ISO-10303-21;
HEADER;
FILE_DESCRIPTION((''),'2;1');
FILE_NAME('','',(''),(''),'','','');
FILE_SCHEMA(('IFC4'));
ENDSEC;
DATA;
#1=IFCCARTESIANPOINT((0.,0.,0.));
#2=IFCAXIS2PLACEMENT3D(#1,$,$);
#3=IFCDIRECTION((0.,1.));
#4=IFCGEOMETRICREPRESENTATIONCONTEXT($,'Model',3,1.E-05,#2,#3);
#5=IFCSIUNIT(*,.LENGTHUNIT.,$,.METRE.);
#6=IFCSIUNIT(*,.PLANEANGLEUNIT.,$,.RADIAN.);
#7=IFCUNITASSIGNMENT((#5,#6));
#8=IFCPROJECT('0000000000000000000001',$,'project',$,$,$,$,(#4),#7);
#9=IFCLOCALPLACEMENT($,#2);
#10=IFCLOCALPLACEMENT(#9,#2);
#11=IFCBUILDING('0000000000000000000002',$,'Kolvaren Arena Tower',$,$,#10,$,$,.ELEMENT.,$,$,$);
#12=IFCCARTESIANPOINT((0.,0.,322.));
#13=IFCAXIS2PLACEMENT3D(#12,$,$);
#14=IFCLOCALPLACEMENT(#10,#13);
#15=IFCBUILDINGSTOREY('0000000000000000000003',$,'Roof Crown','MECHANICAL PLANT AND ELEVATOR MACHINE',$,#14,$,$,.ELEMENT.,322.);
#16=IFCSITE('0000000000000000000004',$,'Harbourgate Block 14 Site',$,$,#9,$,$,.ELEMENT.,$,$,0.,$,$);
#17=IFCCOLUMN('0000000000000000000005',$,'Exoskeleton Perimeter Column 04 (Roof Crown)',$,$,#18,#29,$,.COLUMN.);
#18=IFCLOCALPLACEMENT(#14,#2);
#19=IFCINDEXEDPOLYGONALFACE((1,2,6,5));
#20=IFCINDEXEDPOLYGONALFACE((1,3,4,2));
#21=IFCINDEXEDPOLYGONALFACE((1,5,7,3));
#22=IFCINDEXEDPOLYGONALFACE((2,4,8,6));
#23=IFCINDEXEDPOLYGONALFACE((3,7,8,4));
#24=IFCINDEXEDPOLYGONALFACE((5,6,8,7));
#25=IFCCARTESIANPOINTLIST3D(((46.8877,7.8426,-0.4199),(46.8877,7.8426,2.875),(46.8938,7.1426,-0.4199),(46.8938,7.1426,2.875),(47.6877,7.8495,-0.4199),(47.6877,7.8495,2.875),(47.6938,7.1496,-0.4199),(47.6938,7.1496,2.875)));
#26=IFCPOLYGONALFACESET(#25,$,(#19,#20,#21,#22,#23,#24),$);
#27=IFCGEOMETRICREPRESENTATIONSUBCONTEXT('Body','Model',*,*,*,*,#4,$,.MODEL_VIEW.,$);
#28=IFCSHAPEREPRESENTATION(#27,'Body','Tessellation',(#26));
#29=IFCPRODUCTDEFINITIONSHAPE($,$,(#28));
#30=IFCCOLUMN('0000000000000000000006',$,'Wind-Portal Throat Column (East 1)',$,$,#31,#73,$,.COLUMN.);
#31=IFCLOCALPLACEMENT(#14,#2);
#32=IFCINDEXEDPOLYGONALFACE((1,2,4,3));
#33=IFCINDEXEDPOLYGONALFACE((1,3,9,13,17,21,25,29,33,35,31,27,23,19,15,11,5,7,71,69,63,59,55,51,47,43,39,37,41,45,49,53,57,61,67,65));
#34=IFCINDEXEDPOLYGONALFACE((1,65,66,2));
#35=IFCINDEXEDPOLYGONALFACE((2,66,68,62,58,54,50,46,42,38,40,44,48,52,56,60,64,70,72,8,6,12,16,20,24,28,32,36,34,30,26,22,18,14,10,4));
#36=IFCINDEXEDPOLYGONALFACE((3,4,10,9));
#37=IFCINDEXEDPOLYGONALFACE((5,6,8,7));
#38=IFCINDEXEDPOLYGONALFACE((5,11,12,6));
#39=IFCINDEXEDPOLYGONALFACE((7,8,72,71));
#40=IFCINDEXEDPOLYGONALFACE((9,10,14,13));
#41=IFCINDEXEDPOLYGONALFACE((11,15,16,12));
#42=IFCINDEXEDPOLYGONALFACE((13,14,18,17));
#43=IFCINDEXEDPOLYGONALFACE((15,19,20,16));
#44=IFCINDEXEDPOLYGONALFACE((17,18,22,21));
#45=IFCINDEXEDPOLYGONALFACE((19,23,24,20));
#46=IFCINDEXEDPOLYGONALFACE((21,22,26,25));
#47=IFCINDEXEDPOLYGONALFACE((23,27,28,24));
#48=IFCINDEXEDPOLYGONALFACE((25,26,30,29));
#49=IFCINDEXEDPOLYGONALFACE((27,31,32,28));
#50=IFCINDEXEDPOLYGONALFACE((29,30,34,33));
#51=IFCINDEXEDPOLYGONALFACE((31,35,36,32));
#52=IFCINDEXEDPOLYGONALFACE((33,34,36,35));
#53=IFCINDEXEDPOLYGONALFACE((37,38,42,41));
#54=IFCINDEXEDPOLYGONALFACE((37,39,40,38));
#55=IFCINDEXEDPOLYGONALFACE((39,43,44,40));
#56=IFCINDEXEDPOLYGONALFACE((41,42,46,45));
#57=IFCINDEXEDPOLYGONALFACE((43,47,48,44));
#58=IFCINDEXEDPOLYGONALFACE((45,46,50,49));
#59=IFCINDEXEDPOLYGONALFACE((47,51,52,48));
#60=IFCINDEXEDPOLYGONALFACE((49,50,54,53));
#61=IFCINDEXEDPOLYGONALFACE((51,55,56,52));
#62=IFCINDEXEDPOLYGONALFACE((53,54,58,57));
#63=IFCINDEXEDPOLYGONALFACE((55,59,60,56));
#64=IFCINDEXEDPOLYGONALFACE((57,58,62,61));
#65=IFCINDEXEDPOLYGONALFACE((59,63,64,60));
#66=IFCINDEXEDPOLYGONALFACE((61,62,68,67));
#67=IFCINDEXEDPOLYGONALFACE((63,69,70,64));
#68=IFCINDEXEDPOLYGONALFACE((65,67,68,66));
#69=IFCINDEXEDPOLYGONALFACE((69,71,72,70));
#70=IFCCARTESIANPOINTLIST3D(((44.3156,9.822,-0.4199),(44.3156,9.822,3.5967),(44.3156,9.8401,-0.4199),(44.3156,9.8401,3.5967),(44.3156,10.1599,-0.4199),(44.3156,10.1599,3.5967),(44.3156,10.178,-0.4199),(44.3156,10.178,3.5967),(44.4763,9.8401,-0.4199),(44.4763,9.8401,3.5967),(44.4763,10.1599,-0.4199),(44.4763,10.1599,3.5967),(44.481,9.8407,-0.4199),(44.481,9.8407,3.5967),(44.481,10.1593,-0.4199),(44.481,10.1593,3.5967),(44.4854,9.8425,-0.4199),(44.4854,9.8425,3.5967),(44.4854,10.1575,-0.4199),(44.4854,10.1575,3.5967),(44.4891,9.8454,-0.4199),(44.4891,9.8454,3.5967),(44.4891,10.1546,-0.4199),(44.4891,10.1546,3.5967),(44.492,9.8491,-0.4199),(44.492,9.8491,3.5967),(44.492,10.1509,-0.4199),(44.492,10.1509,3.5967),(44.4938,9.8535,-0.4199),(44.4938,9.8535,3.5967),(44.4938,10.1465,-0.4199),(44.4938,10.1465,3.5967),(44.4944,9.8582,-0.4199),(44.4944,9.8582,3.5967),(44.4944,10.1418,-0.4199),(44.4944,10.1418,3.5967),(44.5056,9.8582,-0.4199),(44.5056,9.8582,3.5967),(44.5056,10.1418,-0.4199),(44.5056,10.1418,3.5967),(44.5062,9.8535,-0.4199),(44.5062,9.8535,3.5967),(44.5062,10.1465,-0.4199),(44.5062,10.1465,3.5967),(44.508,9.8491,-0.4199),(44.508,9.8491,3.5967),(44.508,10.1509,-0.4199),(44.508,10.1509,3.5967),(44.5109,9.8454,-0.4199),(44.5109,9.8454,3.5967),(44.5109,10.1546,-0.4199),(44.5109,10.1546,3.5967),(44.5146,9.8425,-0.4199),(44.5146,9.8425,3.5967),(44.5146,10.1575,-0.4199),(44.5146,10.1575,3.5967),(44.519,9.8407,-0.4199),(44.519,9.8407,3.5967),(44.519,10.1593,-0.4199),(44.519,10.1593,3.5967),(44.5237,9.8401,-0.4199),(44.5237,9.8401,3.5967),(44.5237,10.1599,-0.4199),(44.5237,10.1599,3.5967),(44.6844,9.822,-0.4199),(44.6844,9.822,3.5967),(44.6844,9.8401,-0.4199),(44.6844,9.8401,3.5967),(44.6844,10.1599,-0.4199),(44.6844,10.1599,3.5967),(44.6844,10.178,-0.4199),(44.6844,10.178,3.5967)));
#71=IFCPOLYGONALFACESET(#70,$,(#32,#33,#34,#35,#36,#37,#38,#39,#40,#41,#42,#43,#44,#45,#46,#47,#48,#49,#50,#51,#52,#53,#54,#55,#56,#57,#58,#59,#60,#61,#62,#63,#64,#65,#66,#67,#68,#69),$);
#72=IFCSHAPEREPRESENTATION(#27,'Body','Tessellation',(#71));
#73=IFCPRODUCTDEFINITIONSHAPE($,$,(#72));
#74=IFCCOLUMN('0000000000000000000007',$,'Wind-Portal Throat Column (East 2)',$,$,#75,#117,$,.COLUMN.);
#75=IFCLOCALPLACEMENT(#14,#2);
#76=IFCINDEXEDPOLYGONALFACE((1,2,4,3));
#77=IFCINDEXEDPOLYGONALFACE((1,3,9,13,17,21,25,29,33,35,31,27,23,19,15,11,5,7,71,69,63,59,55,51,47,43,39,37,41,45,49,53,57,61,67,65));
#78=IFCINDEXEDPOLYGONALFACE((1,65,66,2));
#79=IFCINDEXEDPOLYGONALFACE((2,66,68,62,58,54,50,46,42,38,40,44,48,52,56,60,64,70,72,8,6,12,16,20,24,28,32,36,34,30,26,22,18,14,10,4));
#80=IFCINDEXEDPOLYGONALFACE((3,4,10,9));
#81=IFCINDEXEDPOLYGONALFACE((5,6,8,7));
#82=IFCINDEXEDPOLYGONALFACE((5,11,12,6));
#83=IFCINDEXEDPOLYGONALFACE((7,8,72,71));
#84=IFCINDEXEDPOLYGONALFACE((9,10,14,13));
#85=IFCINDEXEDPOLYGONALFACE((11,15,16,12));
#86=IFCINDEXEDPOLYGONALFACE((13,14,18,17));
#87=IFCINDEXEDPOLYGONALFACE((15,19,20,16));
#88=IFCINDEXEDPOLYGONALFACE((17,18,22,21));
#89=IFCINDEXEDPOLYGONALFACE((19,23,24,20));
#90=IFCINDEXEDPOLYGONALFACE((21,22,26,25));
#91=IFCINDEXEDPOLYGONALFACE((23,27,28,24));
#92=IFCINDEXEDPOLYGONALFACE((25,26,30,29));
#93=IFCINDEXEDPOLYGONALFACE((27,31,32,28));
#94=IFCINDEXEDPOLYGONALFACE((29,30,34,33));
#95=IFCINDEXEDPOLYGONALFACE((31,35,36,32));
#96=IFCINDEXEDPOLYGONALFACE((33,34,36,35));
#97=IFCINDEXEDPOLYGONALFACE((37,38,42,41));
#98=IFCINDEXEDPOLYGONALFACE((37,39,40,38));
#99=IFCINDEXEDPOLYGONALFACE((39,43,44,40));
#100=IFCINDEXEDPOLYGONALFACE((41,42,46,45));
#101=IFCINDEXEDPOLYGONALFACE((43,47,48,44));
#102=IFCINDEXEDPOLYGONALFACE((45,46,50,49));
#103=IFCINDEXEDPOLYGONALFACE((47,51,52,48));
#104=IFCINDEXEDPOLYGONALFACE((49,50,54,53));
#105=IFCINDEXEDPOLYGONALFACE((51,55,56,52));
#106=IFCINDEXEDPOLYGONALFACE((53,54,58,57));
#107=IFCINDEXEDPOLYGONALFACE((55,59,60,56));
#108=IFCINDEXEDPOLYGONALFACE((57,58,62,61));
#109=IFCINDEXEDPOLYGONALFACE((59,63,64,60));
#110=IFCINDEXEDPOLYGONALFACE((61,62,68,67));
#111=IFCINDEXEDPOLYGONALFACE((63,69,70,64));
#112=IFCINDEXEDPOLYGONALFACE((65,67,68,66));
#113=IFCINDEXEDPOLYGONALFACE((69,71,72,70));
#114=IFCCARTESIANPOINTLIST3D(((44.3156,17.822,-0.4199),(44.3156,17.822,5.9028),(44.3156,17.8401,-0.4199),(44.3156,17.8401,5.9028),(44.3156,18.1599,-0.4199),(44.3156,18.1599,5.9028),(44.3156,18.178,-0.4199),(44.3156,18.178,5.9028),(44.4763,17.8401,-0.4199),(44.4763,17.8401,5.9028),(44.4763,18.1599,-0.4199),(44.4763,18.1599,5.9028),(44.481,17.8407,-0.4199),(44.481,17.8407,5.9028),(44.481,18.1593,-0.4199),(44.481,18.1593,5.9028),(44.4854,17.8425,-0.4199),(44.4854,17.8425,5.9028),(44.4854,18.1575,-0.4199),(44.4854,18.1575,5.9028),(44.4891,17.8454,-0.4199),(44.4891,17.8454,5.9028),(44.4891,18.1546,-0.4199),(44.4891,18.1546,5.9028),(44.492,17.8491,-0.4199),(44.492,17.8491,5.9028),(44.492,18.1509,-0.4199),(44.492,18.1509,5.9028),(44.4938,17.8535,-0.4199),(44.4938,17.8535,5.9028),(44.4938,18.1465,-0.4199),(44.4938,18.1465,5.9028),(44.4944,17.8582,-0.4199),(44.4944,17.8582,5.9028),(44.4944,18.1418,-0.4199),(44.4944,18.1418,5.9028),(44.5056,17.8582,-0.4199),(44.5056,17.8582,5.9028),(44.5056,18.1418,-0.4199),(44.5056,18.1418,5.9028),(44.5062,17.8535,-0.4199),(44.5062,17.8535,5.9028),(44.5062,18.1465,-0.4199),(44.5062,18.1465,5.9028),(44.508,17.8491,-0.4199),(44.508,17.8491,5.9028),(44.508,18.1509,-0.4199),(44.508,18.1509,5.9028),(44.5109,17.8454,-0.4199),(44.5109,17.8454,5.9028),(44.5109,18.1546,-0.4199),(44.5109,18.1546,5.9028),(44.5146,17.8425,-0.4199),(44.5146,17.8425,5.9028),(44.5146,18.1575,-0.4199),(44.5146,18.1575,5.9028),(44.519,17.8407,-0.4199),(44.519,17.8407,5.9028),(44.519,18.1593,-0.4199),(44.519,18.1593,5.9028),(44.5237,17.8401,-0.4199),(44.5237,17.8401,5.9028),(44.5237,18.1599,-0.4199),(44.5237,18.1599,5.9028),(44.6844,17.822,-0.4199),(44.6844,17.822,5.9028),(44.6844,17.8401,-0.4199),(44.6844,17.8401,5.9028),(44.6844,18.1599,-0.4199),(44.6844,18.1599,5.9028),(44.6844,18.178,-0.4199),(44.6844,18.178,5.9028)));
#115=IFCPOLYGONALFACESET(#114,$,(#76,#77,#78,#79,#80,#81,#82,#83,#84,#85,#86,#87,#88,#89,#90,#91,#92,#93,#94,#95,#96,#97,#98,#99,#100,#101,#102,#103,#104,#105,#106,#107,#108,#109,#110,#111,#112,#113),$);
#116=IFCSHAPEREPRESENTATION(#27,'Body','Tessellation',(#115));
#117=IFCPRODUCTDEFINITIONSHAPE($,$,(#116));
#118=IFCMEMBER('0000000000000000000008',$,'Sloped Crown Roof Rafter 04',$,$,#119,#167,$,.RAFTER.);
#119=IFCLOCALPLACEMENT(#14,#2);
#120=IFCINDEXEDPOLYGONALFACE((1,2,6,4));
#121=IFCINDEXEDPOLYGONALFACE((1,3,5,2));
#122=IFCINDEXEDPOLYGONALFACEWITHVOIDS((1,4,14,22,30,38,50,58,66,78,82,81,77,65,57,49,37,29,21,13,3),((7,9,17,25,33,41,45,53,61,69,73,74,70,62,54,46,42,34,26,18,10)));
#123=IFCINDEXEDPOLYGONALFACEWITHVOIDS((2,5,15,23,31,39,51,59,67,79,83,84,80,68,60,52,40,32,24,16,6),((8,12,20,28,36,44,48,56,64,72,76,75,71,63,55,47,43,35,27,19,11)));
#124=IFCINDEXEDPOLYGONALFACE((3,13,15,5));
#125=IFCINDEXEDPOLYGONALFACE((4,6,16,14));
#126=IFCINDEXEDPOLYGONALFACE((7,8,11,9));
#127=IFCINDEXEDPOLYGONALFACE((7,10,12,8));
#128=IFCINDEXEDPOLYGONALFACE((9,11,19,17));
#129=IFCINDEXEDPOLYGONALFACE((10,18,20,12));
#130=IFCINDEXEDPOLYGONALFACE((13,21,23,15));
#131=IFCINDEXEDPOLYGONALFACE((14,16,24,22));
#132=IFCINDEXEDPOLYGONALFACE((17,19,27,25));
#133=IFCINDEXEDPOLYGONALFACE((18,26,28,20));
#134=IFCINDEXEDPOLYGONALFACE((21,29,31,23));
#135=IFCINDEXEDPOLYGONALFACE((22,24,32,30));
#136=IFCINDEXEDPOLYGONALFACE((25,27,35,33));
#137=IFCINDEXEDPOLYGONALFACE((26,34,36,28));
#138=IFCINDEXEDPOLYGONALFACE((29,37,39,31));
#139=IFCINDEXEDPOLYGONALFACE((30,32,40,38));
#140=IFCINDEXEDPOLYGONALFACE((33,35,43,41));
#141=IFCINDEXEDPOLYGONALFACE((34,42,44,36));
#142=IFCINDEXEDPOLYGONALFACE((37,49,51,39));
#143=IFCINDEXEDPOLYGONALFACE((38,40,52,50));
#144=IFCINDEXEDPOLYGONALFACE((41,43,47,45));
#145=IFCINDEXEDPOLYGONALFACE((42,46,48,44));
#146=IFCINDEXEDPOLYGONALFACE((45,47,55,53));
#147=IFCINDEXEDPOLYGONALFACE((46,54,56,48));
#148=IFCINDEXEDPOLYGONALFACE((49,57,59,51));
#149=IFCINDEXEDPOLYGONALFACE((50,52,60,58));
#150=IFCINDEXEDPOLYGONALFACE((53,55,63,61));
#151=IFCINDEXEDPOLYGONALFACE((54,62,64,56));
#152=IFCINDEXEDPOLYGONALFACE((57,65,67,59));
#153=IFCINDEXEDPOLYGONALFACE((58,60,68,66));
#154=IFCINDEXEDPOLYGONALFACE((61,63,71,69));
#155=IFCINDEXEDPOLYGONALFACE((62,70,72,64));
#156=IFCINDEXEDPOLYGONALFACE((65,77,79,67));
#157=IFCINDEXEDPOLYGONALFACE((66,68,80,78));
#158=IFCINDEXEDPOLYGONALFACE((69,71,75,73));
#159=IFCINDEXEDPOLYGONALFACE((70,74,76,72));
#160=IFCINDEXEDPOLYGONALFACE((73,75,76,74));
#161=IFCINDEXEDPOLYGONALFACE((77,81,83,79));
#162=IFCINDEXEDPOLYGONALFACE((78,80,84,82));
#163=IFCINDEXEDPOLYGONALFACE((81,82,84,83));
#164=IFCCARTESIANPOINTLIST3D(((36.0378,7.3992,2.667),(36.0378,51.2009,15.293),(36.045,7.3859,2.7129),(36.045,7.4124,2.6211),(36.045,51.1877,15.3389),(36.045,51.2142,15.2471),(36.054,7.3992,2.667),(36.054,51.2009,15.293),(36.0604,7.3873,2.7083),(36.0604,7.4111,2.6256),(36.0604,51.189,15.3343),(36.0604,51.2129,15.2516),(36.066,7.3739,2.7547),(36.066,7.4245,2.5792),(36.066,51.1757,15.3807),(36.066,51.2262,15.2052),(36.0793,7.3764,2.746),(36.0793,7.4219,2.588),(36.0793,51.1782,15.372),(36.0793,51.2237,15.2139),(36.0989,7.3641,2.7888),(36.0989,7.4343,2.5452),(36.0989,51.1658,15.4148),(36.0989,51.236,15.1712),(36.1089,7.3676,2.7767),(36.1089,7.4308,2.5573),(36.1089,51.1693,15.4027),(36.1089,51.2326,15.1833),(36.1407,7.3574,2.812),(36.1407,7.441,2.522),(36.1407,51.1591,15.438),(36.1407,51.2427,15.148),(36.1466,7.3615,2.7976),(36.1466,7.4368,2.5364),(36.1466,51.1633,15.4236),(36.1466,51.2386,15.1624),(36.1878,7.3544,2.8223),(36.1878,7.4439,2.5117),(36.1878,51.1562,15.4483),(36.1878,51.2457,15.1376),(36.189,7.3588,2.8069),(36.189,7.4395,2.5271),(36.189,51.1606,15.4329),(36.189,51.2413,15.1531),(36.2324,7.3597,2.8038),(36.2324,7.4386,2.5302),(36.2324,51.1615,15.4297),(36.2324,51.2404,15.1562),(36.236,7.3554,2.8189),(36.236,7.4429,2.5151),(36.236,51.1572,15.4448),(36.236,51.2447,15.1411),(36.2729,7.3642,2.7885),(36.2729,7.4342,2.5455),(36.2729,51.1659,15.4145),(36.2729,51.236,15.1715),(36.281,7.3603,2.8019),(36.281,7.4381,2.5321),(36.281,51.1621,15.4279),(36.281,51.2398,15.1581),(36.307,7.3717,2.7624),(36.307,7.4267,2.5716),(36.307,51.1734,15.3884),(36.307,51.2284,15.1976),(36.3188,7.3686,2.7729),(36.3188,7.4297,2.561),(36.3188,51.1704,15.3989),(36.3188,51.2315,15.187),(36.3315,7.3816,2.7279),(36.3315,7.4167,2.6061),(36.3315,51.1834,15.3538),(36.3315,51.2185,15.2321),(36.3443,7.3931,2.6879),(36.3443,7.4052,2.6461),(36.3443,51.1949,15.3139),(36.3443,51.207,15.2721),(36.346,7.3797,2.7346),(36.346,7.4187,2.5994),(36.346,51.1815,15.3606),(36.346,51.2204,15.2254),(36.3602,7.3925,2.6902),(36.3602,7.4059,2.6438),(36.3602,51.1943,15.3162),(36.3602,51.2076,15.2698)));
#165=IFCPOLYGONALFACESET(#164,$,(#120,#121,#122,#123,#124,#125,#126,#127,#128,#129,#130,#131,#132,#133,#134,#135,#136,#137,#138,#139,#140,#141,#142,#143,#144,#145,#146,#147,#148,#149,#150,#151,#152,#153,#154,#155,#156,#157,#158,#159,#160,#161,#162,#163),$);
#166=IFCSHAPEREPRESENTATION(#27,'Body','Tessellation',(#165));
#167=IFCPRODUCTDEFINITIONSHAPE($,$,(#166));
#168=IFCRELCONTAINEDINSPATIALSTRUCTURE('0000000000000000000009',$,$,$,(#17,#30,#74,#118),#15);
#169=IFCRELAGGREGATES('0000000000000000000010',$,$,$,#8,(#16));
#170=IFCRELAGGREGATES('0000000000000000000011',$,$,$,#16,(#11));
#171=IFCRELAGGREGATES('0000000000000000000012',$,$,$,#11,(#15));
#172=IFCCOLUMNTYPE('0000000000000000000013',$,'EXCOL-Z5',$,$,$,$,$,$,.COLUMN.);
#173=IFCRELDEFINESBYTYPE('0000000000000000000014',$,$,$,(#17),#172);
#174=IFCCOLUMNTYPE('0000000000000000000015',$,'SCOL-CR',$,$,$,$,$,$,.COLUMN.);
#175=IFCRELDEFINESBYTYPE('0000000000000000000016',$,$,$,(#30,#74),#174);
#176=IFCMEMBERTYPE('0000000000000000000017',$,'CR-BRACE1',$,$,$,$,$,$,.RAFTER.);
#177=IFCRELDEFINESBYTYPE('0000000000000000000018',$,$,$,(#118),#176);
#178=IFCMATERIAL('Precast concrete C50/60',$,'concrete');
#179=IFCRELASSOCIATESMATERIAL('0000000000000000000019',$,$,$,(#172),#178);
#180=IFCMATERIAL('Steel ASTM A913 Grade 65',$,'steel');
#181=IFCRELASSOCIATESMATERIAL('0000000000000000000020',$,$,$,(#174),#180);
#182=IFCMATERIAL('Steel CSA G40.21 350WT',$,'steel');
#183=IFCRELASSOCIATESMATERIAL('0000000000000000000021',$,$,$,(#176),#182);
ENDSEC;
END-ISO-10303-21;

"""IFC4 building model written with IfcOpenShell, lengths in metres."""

from ifc_helpers import new_model, si_unit, direction, frame, origin, origin_2d, place, context, subcontext, project, spatial, rectangle, hollow_circle, i_section, extrude, material, material_profile, profile_set, type_object, element, save


model = new_model("IFC4")

# Units and contexts
model_context = context("Model", 3, precision=1e-05, world=origin(), true_north=direction((0.0, 1.0)))
body_context = subcontext(model_context, "Body", "Model", "MODEL_VIEW")
ifc_project = project(units=[si_unit("LENGTHUNIT", "METRE"), si_unit("PLANEANGLEUNIT", "RADIAN")], contexts=[model_context])

# Site, building, storey
site_placement = place(None, origin())
site = spatial("IfcSite", under=ifc_project, at=site_placement, Name="Harbourgate Block 14 Site", CompositionType="ELEMENT", RefElevation=0.0)
building_placement = place(site_placement, origin())
building = spatial("IfcBuilding", under=site, at=building_placement, Name="Kolvaren Arena Tower", CompositionType="ELEMENT")
storey_placement = place(building_placement, frame((0.0, 0.0, 322.0)))
storey = spatial("IfcBuildingStorey", under=building, at=storey_placement, Name="Roof Crown", Description="MECHANICAL PLANT AND ELEVATOR MACHINE", CompositionType="ELEMENT", Elevation=322.0)

# Columns
ifc_material_1 = material(Name="Precast concrete C50/60", Category="concrete")
ifc_material_profile_1 = material_profile(ifc_material_1, rectangle(XDim=0.8, YDim=0.7, at=origin_2d()), Name="RC-800x700")
ifc_profile_set_1 = profile_set([ifc_material_profile_1], Name="Precast concrete C50/60")
column_type_1 = type_object("IfcColumnType", Name="EXCOL-Z5", PredefinedType="COLUMN", material=ifc_profile_set_1)
column_1_placement = place(storey_placement, frame((47.2908, 7.4961, -0.4199), z_axis=(0.0, 0.0, 1.0), x_axis=(0.999962, 0.008727, 0.0)))
element("IfcColumn", 1, at=column_1_placement, inside=storey, type_object=column_type_1, Name="Exoskeleton Perimeter Column 04 (Roof Crown)", PredefinedType="COLUMN", context=body_context, shape_type="SweptSolid", body=[
    extrude(rectangle(XDim=0.8, YDim=0.7, at=origin_2d()), origin(), (0.0, 0.0, 1.0), 3.2949),
])
ifc_material_2 = material(Name="Steel ASTM A913 Grade 65", Category="steel")
ifc_material_profile_2 = material_profile(ifc_material_2, i_section(OverallWidth=0.3689, OverallDepth=0.356, WebThickness=0.0112, FlangeThickness=0.0181, FilletRadius=0.0181, at=origin_2d()), Name="W360x134")
ifc_profile_set_2 = profile_set([ifc_material_profile_2], Name="Steel ASTM A913 Grade 65")
column_type_2 = type_object("IfcColumnType", Name="SCOL-CR", PredefinedType="COLUMN", material=ifc_profile_set_2)
column_2_placement = place(storey_placement, frame((44.5, 10.0, -0.4199), z_axis=(0.0, 0.0, 1.0), x_axis=(1.0, 0.0, 0.0)))
element("IfcColumn", 2, at=column_2_placement, inside=storey, type_object=column_type_2, Name="Wind-Portal Throat Column (East 1)", PredefinedType="COLUMN", context=body_context, shape_type="SweptSolid", body=[
    extrude(i_section(OverallWidth=0.3689, OverallDepth=0.356, WebThickness=0.0112, FlangeThickness=0.0181, FilletRadius=0.0181, at=origin_2d()), origin(), (0.0, 0.0, 1.0), 4.0166),
])
column_3_placement = place(storey_placement, frame((44.5, 18.0, -0.4199), z_axis=(0.0, 0.0, 1.0), x_axis=(1.0, 0.0, 0.0)))
element("IfcColumn", 3, at=column_3_placement, inside=storey, type_object=column_type_2, Name="Wind-Portal Throat Column (East 2)", PredefinedType="COLUMN", context=body_context, shape_type="SweptSolid", body=[
    extrude(i_section(OverallWidth=0.3689, OverallDepth=0.356, WebThickness=0.0112, FlangeThickness=0.0181, FilletRadius=0.0181, at=origin_2d()), origin(), (0.0, 0.0, 1.0), 6.3228),
])

# Member
ifc_material_3 = material(Name="Steel CSA G40.21 350WT", Category="steel")
ifc_material_profile_3 = material_profile(ifc_material_3, hollow_circle(Radius=0.1621, WallThickness=0.0161, at=origin_2d()), Name="CHS 324x16")
ifc_profile_set_3 = profile_set([ifc_material_profile_3], Name="Steel CSA G40.21 350WT")
member_type_1 = type_object("IfcMemberType", Name="CR-BRACE1", PredefinedType="RAFTER", material=ifc_profile_set_3)
member_1_placement = place(storey_placement, frame((36.2, 7.3992, 2.667), z_axis=(0.0, 0.960877, 0.276975), x_axis=(-1.0, 0.0, 0.0)))
element("IfcMember", 4, at=member_1_placement, inside=storey, type_object=member_type_1, Name="Sloped Crown Roof Rafter 04", PredefinedType="RAFTER", context=body_context, shape_type="SweptSolid", body=[
    extrude(hollow_circle(Radius=0.1621, WallThickness=0.0161, at=origin_2d()), origin(), (0.0, 0.0, 1.0), 45.5852),
])

save(model, "model.ifc")
